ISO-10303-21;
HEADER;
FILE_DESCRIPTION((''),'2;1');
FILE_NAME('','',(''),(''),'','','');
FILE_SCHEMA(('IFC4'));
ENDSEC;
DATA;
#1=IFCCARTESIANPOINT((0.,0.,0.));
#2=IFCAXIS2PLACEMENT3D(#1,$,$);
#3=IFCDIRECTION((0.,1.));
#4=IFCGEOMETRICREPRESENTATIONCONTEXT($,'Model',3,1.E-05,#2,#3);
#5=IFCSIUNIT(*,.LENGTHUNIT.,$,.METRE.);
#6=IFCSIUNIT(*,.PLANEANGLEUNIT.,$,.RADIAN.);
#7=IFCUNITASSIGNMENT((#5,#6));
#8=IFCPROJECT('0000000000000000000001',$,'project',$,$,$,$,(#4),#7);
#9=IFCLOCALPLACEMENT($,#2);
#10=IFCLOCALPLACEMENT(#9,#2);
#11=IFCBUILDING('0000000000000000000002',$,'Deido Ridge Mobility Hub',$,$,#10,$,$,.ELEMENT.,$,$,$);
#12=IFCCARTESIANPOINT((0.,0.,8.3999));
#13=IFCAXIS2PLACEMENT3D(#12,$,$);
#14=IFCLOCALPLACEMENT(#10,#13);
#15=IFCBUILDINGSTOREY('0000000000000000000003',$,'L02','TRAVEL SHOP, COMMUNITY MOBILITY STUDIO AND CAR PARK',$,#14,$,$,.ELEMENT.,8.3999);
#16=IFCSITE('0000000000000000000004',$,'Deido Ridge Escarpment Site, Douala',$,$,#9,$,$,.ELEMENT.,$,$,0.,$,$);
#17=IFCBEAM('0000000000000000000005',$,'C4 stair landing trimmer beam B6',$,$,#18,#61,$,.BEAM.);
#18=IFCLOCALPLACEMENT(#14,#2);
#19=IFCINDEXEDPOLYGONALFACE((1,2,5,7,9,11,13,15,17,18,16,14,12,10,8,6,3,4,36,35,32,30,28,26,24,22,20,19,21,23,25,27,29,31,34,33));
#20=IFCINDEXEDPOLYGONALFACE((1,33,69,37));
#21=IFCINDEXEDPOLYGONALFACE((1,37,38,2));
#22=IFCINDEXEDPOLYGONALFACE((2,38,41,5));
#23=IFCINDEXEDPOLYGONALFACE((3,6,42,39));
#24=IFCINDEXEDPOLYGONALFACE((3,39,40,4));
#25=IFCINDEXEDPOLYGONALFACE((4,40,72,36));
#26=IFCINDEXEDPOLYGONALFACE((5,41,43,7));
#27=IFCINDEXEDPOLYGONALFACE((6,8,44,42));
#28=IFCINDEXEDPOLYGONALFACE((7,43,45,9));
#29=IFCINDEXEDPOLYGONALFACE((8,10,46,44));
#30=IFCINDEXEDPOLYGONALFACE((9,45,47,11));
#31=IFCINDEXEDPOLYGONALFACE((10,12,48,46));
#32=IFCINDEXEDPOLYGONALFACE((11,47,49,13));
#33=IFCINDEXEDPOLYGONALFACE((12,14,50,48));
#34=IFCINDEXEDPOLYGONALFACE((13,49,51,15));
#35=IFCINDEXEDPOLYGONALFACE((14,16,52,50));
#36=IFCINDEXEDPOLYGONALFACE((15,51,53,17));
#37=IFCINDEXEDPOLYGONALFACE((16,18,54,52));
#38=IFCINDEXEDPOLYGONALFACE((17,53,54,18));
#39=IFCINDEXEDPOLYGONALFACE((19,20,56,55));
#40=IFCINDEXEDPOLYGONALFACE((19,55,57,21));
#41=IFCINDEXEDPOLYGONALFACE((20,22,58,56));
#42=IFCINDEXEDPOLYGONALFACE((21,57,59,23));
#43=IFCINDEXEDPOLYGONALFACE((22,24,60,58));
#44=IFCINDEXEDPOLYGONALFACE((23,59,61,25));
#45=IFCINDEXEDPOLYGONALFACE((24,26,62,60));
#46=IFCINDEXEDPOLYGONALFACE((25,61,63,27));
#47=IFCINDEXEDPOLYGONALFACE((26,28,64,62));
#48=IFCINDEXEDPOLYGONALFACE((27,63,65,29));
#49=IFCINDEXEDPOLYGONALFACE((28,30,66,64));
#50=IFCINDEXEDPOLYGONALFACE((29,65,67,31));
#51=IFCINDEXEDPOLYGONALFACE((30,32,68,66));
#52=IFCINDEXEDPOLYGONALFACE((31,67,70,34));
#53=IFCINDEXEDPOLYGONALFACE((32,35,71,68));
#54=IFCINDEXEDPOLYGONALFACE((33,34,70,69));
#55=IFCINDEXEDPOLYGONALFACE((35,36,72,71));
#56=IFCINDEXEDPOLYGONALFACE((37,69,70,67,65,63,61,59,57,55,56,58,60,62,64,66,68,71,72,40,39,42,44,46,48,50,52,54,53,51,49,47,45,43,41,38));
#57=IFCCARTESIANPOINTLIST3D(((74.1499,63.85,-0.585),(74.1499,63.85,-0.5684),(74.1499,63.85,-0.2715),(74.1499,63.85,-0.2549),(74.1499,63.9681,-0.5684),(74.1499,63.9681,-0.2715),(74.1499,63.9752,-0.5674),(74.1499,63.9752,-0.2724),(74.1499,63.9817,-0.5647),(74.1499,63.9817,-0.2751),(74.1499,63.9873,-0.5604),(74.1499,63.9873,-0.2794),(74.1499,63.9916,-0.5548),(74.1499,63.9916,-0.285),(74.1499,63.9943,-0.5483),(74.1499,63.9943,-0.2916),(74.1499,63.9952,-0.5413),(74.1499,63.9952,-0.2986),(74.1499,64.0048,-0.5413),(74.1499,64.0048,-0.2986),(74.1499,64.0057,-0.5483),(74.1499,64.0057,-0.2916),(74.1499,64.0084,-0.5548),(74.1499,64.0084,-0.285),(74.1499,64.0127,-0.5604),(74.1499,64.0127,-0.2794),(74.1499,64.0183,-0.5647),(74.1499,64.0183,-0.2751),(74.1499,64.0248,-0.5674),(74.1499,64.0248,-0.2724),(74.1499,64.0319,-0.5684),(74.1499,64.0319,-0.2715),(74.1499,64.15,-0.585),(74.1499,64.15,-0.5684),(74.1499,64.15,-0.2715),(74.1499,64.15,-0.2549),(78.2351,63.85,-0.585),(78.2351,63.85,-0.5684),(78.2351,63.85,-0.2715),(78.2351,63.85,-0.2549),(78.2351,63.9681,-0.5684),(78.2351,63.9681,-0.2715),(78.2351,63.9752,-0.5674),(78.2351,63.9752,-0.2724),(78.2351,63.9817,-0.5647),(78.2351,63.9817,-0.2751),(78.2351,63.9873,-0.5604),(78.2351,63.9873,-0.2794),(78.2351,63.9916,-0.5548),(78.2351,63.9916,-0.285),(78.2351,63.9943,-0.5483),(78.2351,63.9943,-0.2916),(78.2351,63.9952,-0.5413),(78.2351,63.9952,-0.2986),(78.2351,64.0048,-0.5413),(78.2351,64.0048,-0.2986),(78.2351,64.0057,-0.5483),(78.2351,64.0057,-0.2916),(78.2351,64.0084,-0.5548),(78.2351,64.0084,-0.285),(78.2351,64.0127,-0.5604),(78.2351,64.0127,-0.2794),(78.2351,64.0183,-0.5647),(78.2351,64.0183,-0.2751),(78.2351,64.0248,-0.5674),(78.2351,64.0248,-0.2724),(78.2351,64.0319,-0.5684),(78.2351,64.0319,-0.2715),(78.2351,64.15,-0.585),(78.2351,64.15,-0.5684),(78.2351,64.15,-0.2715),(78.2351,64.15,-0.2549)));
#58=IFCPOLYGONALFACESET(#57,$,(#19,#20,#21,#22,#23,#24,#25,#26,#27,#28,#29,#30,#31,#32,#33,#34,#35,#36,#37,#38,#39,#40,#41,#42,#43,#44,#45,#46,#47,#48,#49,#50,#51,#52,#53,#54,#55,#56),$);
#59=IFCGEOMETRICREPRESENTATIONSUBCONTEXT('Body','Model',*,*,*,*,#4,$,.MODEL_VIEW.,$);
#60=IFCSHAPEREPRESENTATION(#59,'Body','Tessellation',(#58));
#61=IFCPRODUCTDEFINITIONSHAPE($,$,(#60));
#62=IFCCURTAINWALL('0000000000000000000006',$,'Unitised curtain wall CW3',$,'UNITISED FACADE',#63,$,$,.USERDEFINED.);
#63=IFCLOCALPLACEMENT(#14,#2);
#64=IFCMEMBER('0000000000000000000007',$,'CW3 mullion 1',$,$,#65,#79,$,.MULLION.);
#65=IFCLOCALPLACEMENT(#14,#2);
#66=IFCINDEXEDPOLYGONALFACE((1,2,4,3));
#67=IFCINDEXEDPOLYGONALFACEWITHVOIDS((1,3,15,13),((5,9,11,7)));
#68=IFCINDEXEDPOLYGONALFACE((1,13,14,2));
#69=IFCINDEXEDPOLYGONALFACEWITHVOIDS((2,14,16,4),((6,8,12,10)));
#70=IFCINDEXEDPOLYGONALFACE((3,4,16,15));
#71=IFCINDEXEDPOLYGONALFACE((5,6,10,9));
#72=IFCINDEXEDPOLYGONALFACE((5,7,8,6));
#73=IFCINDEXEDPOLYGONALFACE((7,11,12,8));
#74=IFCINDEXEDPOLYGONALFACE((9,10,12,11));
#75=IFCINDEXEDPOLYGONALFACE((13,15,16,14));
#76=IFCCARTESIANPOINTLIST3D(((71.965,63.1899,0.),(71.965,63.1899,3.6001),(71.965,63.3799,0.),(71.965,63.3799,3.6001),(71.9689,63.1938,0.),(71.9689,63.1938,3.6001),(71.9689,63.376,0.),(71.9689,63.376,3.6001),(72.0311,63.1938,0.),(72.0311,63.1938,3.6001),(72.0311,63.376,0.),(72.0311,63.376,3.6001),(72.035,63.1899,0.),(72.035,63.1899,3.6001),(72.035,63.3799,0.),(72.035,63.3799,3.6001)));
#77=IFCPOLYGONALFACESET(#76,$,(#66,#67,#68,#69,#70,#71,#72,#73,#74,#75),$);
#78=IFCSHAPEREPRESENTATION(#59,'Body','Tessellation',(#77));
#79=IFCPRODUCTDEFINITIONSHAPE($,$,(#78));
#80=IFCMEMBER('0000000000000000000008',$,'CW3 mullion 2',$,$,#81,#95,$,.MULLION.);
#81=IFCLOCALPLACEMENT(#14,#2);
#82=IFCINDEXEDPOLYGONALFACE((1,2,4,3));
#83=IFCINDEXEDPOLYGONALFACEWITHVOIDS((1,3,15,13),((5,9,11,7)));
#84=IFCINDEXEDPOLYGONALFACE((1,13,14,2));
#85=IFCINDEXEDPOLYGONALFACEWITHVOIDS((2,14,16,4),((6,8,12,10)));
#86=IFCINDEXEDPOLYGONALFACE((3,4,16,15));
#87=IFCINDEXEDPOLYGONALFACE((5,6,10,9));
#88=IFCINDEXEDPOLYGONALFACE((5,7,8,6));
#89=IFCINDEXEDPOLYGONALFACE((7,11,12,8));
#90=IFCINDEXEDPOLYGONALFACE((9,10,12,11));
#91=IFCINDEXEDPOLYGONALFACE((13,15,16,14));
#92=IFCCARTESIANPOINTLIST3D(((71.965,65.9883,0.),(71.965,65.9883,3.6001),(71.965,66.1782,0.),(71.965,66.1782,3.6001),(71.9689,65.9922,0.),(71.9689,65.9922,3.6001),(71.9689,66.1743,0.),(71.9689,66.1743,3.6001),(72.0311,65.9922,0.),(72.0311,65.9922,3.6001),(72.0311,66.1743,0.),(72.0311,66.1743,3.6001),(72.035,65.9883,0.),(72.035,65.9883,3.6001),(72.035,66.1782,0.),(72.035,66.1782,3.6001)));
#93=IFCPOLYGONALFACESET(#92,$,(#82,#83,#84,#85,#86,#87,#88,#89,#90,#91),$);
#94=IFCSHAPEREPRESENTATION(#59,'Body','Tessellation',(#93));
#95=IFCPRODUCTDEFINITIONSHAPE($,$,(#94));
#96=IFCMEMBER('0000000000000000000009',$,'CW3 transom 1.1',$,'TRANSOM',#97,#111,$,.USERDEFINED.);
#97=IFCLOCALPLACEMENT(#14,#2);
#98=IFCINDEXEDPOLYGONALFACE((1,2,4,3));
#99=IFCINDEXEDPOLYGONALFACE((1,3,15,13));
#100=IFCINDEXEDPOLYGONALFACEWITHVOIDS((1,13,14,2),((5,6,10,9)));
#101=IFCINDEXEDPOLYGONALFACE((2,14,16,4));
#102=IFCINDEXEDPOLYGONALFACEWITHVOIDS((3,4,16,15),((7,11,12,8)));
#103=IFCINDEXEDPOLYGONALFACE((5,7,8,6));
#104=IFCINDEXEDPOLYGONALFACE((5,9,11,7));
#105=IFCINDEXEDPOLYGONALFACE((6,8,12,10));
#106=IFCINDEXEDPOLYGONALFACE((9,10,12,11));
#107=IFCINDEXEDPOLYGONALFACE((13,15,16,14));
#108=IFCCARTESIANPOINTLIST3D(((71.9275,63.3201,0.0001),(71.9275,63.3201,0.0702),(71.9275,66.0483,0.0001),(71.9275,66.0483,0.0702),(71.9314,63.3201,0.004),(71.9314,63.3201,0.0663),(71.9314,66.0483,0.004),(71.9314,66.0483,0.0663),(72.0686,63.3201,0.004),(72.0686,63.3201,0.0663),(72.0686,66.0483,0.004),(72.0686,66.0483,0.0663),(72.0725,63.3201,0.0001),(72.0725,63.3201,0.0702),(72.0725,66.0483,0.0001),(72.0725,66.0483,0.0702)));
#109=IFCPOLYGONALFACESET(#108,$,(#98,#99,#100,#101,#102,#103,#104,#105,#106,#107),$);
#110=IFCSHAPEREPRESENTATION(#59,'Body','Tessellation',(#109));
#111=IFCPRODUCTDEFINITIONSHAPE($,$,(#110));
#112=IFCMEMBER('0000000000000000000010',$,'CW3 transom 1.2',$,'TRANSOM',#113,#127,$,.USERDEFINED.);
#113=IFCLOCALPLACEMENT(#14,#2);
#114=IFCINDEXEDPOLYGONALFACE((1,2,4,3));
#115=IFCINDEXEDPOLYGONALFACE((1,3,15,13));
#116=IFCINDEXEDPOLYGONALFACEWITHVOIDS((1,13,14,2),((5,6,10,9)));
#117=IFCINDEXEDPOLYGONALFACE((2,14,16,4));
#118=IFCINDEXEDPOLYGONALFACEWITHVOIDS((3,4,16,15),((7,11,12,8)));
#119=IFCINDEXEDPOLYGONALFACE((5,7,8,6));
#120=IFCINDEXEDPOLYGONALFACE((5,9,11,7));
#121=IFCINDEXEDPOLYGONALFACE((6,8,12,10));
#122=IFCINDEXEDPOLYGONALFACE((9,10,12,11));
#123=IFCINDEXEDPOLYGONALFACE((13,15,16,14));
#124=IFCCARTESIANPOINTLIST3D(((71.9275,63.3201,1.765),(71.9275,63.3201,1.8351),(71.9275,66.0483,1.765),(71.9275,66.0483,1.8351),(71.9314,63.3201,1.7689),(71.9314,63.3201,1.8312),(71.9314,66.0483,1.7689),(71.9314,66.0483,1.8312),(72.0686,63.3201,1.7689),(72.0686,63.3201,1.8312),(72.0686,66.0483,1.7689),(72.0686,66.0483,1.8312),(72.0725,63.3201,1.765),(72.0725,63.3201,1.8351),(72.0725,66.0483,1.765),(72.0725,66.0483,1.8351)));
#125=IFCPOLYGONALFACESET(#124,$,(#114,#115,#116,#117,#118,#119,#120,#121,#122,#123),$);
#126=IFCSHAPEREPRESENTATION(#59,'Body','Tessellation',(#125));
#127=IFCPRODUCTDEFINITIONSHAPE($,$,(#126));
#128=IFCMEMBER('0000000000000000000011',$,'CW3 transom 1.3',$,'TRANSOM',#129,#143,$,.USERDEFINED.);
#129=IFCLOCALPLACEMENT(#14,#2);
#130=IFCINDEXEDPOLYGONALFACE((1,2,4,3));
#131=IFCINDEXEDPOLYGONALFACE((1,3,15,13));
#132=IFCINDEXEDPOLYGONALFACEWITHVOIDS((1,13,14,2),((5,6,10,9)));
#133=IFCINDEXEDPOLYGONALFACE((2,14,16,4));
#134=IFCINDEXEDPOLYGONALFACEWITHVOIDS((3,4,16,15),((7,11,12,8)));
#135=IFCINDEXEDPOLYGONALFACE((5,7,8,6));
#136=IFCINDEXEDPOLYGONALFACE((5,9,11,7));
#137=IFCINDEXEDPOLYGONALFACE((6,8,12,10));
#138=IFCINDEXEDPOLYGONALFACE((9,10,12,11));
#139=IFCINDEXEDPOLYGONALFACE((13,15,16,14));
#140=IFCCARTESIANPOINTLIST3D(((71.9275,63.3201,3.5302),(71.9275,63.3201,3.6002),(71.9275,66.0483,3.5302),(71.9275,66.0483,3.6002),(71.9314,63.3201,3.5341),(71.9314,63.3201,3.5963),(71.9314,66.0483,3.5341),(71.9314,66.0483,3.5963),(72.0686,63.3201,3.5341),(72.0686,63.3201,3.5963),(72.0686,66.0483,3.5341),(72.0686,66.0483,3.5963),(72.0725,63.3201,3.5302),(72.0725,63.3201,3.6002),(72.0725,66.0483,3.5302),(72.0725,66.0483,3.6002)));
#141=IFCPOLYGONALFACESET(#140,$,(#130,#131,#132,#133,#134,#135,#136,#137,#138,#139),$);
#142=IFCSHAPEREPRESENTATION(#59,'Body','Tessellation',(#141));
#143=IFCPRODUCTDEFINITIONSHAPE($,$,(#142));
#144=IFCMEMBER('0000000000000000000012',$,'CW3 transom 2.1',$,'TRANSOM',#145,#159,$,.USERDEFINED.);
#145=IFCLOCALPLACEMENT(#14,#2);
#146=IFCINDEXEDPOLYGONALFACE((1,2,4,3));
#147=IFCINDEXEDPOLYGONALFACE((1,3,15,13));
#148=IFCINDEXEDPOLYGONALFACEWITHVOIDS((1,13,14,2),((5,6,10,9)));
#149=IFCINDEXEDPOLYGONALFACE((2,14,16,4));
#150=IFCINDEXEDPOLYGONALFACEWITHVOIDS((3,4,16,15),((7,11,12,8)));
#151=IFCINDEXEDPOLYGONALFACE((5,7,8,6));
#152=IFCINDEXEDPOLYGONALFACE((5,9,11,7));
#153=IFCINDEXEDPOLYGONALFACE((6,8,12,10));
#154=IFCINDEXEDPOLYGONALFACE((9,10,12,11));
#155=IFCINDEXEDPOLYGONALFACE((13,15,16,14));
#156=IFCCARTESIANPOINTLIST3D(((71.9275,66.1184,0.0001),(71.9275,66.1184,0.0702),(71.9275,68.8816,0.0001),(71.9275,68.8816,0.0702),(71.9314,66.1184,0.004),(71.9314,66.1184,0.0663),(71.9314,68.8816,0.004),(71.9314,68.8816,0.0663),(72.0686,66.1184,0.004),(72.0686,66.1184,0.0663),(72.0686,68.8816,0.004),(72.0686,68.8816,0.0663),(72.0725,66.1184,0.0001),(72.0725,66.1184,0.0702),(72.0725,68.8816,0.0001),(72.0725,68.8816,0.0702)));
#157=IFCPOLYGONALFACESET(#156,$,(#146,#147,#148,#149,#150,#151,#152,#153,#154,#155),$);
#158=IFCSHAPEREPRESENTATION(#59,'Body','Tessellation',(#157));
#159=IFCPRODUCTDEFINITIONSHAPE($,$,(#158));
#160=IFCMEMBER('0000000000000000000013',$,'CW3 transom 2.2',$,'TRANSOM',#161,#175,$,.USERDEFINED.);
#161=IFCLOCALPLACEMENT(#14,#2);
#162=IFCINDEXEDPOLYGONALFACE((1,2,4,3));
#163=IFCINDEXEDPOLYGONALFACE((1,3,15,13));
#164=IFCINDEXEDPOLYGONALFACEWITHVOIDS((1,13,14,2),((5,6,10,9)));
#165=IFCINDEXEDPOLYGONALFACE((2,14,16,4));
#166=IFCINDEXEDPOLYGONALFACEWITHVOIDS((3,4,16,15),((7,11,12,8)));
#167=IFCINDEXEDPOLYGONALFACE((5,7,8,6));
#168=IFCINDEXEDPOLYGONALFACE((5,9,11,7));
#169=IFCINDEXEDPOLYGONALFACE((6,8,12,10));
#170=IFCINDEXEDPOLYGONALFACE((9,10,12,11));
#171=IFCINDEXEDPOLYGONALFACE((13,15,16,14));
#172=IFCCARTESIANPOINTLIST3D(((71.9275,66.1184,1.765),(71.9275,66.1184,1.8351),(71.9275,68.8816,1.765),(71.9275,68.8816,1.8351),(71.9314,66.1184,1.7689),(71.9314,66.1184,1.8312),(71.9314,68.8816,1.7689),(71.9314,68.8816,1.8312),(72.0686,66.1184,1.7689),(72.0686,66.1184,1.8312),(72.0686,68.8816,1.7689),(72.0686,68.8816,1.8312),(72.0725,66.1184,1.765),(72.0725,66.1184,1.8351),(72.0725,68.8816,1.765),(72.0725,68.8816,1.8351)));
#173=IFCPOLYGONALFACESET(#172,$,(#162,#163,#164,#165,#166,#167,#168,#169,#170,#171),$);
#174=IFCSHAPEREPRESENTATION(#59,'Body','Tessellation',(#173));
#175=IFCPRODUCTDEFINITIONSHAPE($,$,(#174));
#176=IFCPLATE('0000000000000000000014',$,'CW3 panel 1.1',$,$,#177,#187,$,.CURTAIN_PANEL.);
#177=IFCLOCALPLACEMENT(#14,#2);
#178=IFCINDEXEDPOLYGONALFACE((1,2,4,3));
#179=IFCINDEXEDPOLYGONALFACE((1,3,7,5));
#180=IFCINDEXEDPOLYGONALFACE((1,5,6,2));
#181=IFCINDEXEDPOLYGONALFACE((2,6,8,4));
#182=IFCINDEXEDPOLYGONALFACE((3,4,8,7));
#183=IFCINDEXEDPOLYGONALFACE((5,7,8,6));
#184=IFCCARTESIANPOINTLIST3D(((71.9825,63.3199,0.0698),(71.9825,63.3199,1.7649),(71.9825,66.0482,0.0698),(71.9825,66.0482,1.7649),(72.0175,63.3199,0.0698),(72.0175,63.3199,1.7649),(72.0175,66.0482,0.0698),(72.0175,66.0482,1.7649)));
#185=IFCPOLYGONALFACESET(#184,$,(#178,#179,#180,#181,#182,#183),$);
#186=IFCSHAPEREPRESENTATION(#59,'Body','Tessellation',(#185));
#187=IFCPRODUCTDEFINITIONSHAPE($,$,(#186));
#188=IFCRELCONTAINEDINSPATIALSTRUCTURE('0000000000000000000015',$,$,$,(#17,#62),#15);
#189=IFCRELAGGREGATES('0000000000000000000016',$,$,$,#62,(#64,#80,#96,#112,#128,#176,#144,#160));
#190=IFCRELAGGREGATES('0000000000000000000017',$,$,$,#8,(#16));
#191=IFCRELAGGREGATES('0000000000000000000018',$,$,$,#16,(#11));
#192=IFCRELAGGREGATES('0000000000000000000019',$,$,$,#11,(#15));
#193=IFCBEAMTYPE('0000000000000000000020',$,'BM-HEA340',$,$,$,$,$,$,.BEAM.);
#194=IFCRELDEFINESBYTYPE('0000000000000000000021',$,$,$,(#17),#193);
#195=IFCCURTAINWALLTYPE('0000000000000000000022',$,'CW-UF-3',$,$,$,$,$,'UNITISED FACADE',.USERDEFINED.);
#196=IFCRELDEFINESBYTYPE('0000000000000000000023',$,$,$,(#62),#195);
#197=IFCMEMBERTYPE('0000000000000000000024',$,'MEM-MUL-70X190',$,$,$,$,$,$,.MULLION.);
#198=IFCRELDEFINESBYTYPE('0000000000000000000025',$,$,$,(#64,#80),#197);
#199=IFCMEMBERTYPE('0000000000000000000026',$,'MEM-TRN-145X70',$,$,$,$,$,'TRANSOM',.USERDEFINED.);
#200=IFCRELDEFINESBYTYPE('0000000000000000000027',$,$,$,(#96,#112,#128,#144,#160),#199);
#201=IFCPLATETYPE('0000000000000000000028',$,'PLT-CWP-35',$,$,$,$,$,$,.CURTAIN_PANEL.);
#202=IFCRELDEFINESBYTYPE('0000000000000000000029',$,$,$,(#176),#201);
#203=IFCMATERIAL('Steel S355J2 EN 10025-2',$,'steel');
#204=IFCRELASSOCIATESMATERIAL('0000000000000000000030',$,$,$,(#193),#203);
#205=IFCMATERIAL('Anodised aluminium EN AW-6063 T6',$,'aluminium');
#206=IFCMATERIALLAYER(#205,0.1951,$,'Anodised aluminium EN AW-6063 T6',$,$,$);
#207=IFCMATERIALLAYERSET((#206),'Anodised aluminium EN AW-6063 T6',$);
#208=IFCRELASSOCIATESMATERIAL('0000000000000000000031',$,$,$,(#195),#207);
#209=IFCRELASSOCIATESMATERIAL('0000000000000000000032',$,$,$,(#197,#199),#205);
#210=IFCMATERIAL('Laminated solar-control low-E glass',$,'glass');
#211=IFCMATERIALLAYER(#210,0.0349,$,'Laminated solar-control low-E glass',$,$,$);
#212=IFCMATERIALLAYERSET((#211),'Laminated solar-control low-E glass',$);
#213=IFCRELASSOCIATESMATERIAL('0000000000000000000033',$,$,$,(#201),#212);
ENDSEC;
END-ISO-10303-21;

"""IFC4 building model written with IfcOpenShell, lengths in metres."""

from ifc_helpers import new_model, si_unit, direction, frame, origin, origin_2d, place, context, subcontext, project, spatial, rectangle, hollow_rectangle, i_section, extrude, material, layer, layer_set, material_profile, profile_set, type_object, element, aggregate, save


model = new_model("IFC4")

# Units and contexts
model_context = context("Model", 3, precision=1e-05, world=origin(), true_north=direction((0.0, 1.0)))
body_context = subcontext(model_context, "Body", "Model", "MODEL_VIEW")
ifc_project = project(units=[si_unit("LENGTHUNIT", "METRE"), si_unit("PLANEANGLEUNIT", "RADIAN")], contexts=[model_context])

# Site, building, storey
site_placement = place(None, origin())
site = spatial("IfcSite", under=ifc_project, at=site_placement, Name="Deido Ridge Escarpment Site, Douala", CompositionType="ELEMENT", RefElevation=0.0)
building_placement = place(site_placement, origin())
building = spatial("IfcBuilding", under=site, at=building_placement, Name="Deido Ridge Mobility Hub", CompositionType="ELEMENT")
storey_placement = place(building_placement, frame((0.0, 0.0, 8.3999)))
storey = spatial("IfcBuildingStorey", under=building, at=storey_placement, Name="L02", Description="TRAVEL SHOP, COMMUNITY MOBILITY STUDIO AND CAR PARK", CompositionType="ELEMENT", Elevation=8.3999)

# Beam
ifc_material_1 = material(Name="Steel S355J2 EN 10025-2", Category="steel")
ifc_material_profile_1 = material_profile(ifc_material_1, i_section(OverallWidth=0.3, OverallDepth=0.3301, WebThickness=0.0095, FlangeThickness=0.0166, FilletRadius=0.0271, at=origin_2d()), Name="HEA 340")
ifc_profile_set_1 = profile_set([ifc_material_profile_1], Name="Steel S355J2 EN 10025-2")
beam_type = type_object("IfcBeamType", Name="BM-HEA340", PredefinedType="BEAM", material=ifc_profile_set_1)
beam_placement = place(storey_placement, frame((74.1499, 64.0, -0.4199), z_axis=(1.0, 0.0, 0.0), x_axis=(0.0, 1.0, 0.0)))
element("IfcBeam", 1, at=beam_placement, inside=storey, type_object=beam_type, Name="C4 stair landing trimmer beam B6", PredefinedType="BEAM", context=body_context, shape_type="SweptSolid", body=[
    extrude(i_section(OverallWidth=0.3, OverallDepth=0.3301, WebThickness=0.0095, FlangeThickness=0.0166, FilletRadius=0.0271, at=origin_2d()), origin(), (0.0, 0.0, 1.0), 4.0852),
])

# Curtain wall, members, plate
ifc_material_2 = material(Name="Anodised aluminium EN AW-6063 T6", Category="aluminium")
ifc_layer_1 = layer(ifc_material_2, 0.1951, Name="Anodised aluminium EN AW-6063 T6")
ifc_layer_set_1 = layer_set([ifc_layer_1], Name="Anodised aluminium EN AW-6063 T6")
curtain_wall_type = type_object("IfcCurtainWallType", Name="CW-UF-3", ElementType="UNITISED FACADE", PredefinedType="USERDEFINED", material=ifc_layer_set_1)
curtain_wall_placement = place(storey_placement, origin())
curtain_wall = element("IfcCurtainWall", 2, at=curtain_wall_placement, inside=storey, type_object=curtain_wall_type, Name="Unitised curtain wall CW3", ObjectType="UNITISED FACADE", PredefinedType="USERDEFINED")
ifc_material_profile_2 = material_profile(ifc_material_2, hollow_rectangle(XDim=0.0701, YDim=0.1899, WallThickness=0.0039, at=origin_2d()), Name="RHS 70x190x4")
ifc_profile_set_2 = profile_set([ifc_material_profile_2], Name="Anodised aluminium EN AW-6063 T6")
member_type_1 = type_object("IfcMemberType", Name="MEM-MUL-70X190", PredefinedType="MULLION", material=ifc_profile_set_2)
member_1_placement = place(storey_placement, frame((72.0, 63.2849, 0.0), z_axis=(0.0, 0.0, 1.0), x_axis=(-1.0, 0.0, 0.0)))
member_1 = element("IfcMember", 3, at=member_1_placement, type_object=member_type_1, Name="CW3 mullion 1", PredefinedType="MULLION", context=body_context, shape_type="SweptSolid", body=[
    extrude(hollow_rectangle(XDim=0.0701, YDim=0.1899, WallThickness=0.0039, at=origin_2d()), origin(), (0.0, 0.0, 1.0), 3.6001),
])
member_2_placement = place(storey_placement, frame((72.0, 66.0833, 0.0), z_axis=(0.0, 0.0, 1.0), x_axis=(-1.0, 0.0, 0.0)))
member_2 = element("IfcMember", 4, at=member_2_placement, type_object=member_type_1, Name="CW3 mullion 2", PredefinedType="MULLION", context=body_context, shape_type="SweptSolid", body=[
    extrude(hollow_rectangle(XDim=0.0701, YDim=0.1899, WallThickness=0.0039, at=origin_2d()), origin(), (0.0, 0.0, 1.0), 3.6001),
])
ifc_material_profile_3 = material_profile(ifc_material_2, hollow_rectangle(XDim=0.145, YDim=0.0701, WallThickness=0.0039, at=origin_2d()), Name="RHS 145x70x4")
ifc_profile_set_3 = profile_set([ifc_material_profile_3], Name="Anodised aluminium EN AW-6063 T6")
member_type_2 = type_object("IfcMemberType", Name="MEM-TRN-145X70", ElementType="TRANSOM", PredefinedType="USERDEFINED", material=ifc_profile_set_3)
member_3_placement = place(storey_placement, frame((72.0, 63.3201, 0.0352), z_axis=(0.0, 1.0, 0.0), x_axis=(-1.0, 0.0, 0.0)))
member_3 = element("IfcMember", 5, at=member_3_placement, type_object=member_type_2, Name="CW3 transom 1.1", ObjectType="TRANSOM", PredefinedType="USERDEFINED", context=body_context, shape_type="SweptSolid", body=[
    extrude(hollow_rectangle(XDim=0.145, YDim=0.0701, WallThickness=0.0039, at=origin_2d()), origin(), (0.0, 0.0, 1.0), 2.7283),
])
member_4_placement = place(storey_placement, frame((72.0, 63.3201, 1.8), z_axis=(0.0, 1.0, 0.0), x_axis=(-1.0, 0.0, 0.0)))
member_4 = element("IfcMember", 6, at=member_4_placement, type_object=member_type_2, Name="CW3 transom 1.2", ObjectType="TRANSOM", PredefinedType="USERDEFINED", context=body_context, shape_type="SweptSolid", body=[
    extrude(hollow_rectangle(XDim=0.145, YDim=0.0701, WallThickness=0.0039, at=origin_2d()), origin(), (0.0, 0.0, 1.0), 2.7283),
])
member_5_placement = place(storey_placement, frame((72.0, 63.3201, 3.5652), z_axis=(0.0, 1.0, 0.0), x_axis=(-1.0, 0.0, 0.0)))
member_5 = element("IfcMember", 7, at=member_5_placement, type_object=member_type_2, Name="CW3 transom 1.3", ObjectType="TRANSOM", PredefinedType="USERDEFINED", context=body_context, shape_type="SweptSolid", body=[
    extrude(hollow_rectangle(XDim=0.145, YDim=0.0701, WallThickness=0.0039, at=origin_2d()), origin(), (0.0, 0.0, 1.0), 2.7283),
])
member_6_placement = place(storey_placement, frame((72.0, 66.1184, 0.0352), z_axis=(0.0, 1.0, 0.0), x_axis=(-1.0, 0.0, 0.0)))
member_6 = element("IfcMember", 8, at=member_6_placement, type_object=member_type_2, Name="CW3 transom 2.1", ObjectType="TRANSOM", PredefinedType="USERDEFINED", context=body_context, shape_type="SweptSolid", body=[
    extrude(hollow_rectangle(XDim=0.145, YDim=0.0701, WallThickness=0.0039, at=origin_2d()), origin(), (0.0, 0.0, 1.0), 2.7632),
])
member_7_placement = place(storey_placement, frame((72.0, 66.1184, 1.8), z_axis=(0.0, 1.0, 0.0), x_axis=(-1.0, 0.0, 0.0)))
member_7 = element("IfcMember", 9, at=member_7_placement, type_object=member_type_2, Name="CW3 transom 2.2", ObjectType="TRANSOM", PredefinedType="USERDEFINED", context=body_context, shape_type="SweptSolid", body=[
    extrude(hollow_rectangle(XDim=0.145, YDim=0.0701, WallThickness=0.0039, at=origin_2d()), origin(), (0.0, 0.0, 1.0), 2.7632),
])
ifc_material_3 = material(Name="Laminated solar-control low-E glass", Category="glass")
ifc_layer_2 = layer(ifc_material_3, 0.0349, Name="Laminated solar-control low-E glass")
ifc_layer_set_2 = layer_set([ifc_layer_2], Name="Laminated solar-control low-E glass")
plate_type = type_object("IfcPlateType", Name="PLT-CWP-35", PredefinedType="CURTAIN_PANEL", material=ifc_layer_set_2)
plate_1_placement = place(storey_placement, frame((72.0, 64.6841, 0.0698), z_axis=(0.0, 0.0, 1.0), x_axis=(0.0, 1.0, 0.0)))
plate_1 = element("IfcPlate", 10, at=plate_1_placement, type_object=plate_type, Name="CW3 panel 1.1", PredefinedType="CURTAIN_PANEL", context=body_context, shape_type="SweptSolid", body=[
    extrude(rectangle(XDim=2.7283, YDim=0.0349, at=origin_2d()), origin(), (0.0, 0.0, 1.0), 1.6951),
])
aggregate(curtain_wall, [member_1, member_2, member_3, member_4, member_5, plate_1, member_6, member_7])

save(model, "model.ifc")
